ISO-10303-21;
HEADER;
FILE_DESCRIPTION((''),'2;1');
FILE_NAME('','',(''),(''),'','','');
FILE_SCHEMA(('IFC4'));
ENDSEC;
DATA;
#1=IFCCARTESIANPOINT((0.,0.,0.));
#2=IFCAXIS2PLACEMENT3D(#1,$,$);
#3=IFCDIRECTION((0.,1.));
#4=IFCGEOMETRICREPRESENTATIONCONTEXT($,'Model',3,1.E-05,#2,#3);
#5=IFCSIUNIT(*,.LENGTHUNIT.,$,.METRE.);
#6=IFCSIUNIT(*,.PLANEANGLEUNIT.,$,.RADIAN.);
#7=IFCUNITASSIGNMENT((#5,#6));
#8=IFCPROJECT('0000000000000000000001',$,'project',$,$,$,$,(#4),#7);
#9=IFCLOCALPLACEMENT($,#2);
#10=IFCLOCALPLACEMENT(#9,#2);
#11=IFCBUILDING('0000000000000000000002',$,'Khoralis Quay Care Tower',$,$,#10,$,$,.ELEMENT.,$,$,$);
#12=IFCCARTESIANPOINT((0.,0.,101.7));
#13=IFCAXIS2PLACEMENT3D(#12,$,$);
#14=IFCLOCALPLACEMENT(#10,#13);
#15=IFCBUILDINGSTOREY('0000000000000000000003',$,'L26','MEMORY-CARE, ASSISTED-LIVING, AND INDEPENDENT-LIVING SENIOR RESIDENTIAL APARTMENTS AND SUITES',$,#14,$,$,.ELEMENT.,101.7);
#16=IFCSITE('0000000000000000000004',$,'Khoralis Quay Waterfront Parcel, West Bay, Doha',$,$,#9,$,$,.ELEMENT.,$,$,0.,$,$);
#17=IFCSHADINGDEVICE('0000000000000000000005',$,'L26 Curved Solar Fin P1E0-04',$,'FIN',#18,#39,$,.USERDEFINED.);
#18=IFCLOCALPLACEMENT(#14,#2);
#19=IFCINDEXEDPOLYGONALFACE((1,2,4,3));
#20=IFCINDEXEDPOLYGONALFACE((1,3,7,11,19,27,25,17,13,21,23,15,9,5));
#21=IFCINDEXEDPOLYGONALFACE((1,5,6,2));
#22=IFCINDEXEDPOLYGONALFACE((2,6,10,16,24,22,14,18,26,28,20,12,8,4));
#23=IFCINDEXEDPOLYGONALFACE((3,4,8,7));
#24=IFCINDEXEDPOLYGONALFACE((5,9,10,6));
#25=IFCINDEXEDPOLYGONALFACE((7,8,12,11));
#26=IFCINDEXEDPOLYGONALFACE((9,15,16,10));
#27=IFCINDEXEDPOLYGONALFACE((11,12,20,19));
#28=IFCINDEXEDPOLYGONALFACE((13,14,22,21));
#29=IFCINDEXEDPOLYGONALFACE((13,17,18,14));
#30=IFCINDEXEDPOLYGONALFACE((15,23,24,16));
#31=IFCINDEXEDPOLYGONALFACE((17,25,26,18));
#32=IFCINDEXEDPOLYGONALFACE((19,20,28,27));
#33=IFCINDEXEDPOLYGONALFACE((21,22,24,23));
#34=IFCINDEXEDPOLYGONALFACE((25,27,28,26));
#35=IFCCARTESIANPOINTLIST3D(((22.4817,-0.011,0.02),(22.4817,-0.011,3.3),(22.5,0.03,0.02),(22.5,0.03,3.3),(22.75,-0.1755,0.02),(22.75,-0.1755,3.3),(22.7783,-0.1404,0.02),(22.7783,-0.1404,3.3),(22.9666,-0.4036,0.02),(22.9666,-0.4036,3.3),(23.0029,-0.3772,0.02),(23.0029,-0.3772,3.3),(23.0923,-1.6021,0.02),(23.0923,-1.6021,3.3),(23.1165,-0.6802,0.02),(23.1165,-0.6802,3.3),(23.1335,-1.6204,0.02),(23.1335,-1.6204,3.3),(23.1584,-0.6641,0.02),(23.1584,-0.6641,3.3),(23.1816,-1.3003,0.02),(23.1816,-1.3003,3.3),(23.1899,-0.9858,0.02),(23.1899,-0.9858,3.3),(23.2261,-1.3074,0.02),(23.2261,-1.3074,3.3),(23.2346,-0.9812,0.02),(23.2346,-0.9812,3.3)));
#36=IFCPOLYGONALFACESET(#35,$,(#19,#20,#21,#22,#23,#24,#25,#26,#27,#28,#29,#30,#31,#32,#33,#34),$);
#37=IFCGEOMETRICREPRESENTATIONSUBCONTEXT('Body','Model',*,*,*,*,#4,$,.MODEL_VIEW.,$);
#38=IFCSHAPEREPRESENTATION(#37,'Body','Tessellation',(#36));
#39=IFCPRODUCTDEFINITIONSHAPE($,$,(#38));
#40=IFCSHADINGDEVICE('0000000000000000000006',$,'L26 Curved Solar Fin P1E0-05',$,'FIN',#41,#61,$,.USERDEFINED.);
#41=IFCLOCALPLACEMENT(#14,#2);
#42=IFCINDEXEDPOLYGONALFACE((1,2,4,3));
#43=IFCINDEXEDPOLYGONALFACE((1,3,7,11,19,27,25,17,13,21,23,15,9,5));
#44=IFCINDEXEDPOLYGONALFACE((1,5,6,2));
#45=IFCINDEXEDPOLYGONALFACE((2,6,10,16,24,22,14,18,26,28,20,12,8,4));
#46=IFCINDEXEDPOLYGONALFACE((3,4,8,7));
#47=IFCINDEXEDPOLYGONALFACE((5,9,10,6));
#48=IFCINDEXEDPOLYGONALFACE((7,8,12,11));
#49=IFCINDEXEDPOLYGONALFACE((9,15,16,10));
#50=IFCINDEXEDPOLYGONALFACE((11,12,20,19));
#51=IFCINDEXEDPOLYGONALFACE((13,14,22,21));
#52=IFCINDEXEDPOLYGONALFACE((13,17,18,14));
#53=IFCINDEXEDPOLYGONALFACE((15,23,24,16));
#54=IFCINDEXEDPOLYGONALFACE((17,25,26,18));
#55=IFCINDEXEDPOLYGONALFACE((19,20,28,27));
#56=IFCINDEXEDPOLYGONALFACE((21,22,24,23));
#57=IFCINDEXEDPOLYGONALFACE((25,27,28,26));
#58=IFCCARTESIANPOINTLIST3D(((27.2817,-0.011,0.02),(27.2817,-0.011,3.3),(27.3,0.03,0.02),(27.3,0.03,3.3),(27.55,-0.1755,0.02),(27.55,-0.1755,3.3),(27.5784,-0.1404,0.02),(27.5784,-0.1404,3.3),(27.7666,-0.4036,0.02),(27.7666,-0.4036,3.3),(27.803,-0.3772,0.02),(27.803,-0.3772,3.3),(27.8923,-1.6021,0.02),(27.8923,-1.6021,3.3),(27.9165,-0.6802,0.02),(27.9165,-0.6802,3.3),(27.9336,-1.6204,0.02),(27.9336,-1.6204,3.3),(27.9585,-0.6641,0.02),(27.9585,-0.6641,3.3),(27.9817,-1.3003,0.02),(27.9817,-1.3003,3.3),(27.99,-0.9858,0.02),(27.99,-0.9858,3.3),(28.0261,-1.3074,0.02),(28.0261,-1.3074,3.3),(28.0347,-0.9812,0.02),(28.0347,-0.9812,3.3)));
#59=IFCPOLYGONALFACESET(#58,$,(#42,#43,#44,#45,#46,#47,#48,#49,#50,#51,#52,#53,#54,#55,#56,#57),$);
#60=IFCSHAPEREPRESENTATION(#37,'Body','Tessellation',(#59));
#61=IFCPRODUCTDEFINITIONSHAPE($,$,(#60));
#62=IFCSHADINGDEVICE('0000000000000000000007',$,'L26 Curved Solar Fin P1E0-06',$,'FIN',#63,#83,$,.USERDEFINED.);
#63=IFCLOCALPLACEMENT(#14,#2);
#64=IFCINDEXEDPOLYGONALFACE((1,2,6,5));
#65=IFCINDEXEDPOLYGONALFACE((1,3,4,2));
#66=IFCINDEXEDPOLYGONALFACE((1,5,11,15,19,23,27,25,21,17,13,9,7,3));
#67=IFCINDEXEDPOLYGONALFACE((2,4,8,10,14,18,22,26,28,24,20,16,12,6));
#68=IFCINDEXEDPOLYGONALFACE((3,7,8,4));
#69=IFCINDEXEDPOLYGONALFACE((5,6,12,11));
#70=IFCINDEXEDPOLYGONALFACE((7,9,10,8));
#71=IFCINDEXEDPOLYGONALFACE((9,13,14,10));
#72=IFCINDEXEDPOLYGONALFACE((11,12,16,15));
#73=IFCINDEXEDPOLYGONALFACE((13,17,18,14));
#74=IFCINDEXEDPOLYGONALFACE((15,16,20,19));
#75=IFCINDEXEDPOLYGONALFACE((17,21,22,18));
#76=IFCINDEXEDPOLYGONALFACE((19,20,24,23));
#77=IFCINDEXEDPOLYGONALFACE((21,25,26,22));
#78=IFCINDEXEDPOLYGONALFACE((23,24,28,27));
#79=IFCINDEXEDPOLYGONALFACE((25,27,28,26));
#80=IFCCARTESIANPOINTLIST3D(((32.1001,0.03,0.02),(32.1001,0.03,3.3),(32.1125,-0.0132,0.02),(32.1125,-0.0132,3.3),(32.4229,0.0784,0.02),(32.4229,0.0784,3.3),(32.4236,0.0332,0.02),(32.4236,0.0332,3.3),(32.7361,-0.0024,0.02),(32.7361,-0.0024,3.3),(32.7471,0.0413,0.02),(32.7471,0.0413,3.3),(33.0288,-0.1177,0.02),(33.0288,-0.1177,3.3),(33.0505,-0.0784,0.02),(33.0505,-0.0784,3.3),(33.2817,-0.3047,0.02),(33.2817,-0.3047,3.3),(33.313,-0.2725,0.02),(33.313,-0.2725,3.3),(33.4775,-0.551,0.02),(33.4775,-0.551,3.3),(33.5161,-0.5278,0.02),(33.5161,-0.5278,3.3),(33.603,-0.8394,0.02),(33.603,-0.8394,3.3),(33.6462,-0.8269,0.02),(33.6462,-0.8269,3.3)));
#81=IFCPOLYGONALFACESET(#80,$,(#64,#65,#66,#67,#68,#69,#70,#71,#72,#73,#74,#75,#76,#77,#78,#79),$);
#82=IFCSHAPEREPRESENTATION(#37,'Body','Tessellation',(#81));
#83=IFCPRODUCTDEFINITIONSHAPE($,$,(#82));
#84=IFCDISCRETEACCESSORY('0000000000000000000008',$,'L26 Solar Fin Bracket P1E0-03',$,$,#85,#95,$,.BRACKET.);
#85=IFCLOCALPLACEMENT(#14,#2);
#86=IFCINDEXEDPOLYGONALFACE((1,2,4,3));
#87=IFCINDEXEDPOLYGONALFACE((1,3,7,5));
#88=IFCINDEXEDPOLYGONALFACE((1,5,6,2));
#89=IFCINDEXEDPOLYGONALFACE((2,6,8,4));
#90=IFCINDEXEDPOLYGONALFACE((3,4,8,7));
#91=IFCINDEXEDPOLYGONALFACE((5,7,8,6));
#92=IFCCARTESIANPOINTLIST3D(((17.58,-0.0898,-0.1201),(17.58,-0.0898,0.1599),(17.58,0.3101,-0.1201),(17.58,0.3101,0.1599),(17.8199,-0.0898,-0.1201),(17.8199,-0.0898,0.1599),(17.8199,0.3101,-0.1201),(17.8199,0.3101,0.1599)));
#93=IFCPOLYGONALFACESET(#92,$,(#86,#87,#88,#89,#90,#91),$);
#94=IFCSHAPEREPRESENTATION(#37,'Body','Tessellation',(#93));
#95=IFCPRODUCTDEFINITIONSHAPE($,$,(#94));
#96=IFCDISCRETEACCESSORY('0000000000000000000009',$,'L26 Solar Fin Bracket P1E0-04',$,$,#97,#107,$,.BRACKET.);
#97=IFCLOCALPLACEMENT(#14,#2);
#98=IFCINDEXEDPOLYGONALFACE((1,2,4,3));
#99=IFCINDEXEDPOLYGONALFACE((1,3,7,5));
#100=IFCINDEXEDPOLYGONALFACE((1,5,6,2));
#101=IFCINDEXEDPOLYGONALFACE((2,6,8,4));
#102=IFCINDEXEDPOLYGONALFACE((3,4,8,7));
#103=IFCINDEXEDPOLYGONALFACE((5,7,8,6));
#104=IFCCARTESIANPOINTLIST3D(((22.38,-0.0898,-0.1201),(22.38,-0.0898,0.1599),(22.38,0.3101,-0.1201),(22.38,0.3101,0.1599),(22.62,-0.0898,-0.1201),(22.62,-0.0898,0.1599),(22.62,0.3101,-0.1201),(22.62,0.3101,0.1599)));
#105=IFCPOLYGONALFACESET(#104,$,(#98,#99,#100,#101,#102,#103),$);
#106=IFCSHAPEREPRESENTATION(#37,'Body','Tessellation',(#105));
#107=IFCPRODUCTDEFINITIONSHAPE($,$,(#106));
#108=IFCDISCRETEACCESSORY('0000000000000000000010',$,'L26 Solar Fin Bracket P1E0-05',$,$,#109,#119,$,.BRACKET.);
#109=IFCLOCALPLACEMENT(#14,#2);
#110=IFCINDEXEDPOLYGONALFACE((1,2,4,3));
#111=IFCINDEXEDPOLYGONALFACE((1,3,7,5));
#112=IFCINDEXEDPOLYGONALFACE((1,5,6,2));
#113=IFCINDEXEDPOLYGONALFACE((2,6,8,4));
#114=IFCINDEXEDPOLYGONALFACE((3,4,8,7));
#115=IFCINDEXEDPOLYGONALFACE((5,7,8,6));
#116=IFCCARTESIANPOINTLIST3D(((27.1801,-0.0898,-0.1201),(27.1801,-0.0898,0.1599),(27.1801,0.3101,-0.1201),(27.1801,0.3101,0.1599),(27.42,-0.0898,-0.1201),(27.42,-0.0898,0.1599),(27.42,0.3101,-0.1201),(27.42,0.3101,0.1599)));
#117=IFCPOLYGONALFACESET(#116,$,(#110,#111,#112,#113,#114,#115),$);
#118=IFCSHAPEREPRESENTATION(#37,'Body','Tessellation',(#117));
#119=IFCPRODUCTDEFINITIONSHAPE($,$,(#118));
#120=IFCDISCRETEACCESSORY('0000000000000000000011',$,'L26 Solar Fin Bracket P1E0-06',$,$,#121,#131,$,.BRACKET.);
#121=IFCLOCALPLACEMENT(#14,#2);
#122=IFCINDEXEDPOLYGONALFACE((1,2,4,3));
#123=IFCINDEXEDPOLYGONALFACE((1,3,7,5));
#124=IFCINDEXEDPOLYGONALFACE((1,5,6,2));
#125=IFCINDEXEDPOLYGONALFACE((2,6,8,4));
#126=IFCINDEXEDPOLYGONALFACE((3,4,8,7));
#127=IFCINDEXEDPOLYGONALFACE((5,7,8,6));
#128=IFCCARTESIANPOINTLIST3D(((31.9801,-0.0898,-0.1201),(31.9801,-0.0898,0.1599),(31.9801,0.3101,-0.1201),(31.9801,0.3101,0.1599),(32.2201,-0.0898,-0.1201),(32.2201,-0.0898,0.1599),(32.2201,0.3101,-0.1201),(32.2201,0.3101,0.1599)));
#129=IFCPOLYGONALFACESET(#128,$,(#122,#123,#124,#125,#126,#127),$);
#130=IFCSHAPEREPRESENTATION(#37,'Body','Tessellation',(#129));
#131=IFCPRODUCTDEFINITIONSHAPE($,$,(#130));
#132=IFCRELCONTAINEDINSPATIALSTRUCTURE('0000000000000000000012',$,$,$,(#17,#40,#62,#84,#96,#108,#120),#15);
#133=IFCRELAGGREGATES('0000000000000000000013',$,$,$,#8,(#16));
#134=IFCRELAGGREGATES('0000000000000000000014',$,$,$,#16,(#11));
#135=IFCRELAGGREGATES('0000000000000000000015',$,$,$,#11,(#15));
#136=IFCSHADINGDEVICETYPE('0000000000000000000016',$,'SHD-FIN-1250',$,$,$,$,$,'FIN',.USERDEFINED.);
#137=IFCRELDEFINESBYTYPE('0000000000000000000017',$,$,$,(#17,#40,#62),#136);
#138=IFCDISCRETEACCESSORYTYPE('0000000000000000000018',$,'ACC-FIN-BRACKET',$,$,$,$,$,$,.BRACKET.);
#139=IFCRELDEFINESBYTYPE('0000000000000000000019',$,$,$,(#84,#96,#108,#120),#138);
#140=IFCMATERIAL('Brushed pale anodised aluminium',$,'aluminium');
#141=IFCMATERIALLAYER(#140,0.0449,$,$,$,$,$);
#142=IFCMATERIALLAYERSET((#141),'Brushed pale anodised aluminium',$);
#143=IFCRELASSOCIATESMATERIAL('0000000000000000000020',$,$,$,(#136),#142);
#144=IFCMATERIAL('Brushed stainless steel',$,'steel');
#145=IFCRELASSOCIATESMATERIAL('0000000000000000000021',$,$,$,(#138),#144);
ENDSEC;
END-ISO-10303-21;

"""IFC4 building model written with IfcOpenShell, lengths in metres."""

from ifc_helpers import new_model, si_unit, direction, frame, origin, origin_2d, place, context, subcontext, project, spatial, polyline, rectangle, outline, extrude, source, transform, mapped, material, layer, layer_set, type_object, element, save


model = new_model("IFC4")

# Units and contexts
model_context = context("Model", 3, precision=1e-05, world=origin(), true_north=direction((0.0, 1.0)))
body_context = subcontext(model_context, "Body", "Model", "MODEL_VIEW")
ifc_project = project(units=[si_unit("LENGTHUNIT", "METRE"), si_unit("PLANEANGLEUNIT", "RADIAN")], contexts=[model_context])

# Site, building, storey
site_placement = place(None, origin())
site = spatial("IfcSite", under=ifc_project, at=site_placement, Name="Khoralis Quay Waterfront Parcel, West Bay, Doha", CompositionType="ELEMENT", RefElevation=0.0)
building_placement = place(site_placement, origin())
building = spatial("IfcBuilding", under=site, at=building_placement, Name="Khoralis Quay Care Tower", CompositionType="ELEMENT")
storey_placement = place(building_placement, frame((0.0, 0.0, 101.7)))
storey = spatial("IfcBuildingStorey", under=building, at=storey_placement, Name="L26", Description="MEMORY-CARE, ASSISTED-LIVING, AND INDEPENDENT-LIVING SENIOR RESIDENTIAL APARTMENTS AND SUITES", CompositionType="ELEMENT", Elevation=101.7)

# Shading devices
ifc_material_1 = material(Name="Brushed pale anodised aluminium", Category="aluminium")
ifc_layer_1 = layer(ifc_material_1, 0.0449)
ifc_layer_set_1 = layer_set([ifc_layer_1], Name="Brushed pale anodised aluminium")
shading_device_type = type_object("IfcShadingDeviceType", Name="SHD-FIN-1250", ElementType="FIN", PredefinedType="USERDEFINED", material=ifc_layer_set_1)
shared_shape_1 = source(origin(), body_context, "Body", "SweptSolid", [
    extrude(outline(polyline([(0.0, 0.0), (0.1704, 0.2783), (0.4072, 0.5029), (0.6941, 0.6584), (1.0112, 0.7346), (1.3374, 0.7261), (1.6504, 0.6335), (1.6321, 0.5923), (1.3303, 0.6816), (1.0159, 0.6899), (0.7102, 0.6165), (0.4336, 0.4666), (0.2056, 0.25), (0.041, -0.0183), (0.0, 0.0)])), origin(), (0.0, 0.0, 1.0), 3.28),
])
for number, where, z_axis, x_axis, name in (
    (1, (22.5, 0.03, 0.02), (0.0, 0.0, 1.0), (0.0, -1.0, 0.0), "L26 Curved Solar Fin P1E0-04"),
    (2, (27.3, 0.03, 0.02), (0.0, 0.0, 1.0), (0.0, -1.0, 0.0), "L26 Curved Solar Fin P1E0-05"),
):
    element("IfcShadingDevice", number, at=place(storey_placement, frame(where, z_axis=z_axis, x_axis=x_axis)), inside=storey, type_object=shading_device_type, Name=name, ObjectType="FIN", PredefinedType="USERDEFINED", context=body_context, shape_type="MappedRepresentation", body=[
        mapped(shared_shape_1, transform((0.0, 0.0, 0.0), scale=1.0)),
    ])
shared_shape_2 = source(origin(), body_context, "Body", "SweptSolid", [
    extrude(outline(polyline([(0.0, 0.0), (-0.0483, 0.3228), (-0.0112, 0.647), (0.1084, 0.9504), (0.3025, 1.2129), (0.5579, 1.416), (0.8569, 1.5461), (0.8694, 1.5029), (0.5811, 1.3774), (0.3347, 1.1816), (0.1477, 0.9287), (0.0325, 0.636), (-0.0032, 0.3235), (0.0432, 0.0125), (0.0, 0.0)])), origin(), (0.0, 0.0, 1.0), 3.28),
])
shading_device_placement = place(storey_placement, frame((32.1001, 0.03, 0.02), z_axis=(0.0, 0.0, 1.0), x_axis=(0.0, -1.0, 0.0)))
element("IfcShadingDevice", 3, at=shading_device_placement, inside=storey, type_object=shading_device_type, Name="L26 Curved Solar Fin P1E0-06", ObjectType="FIN", PredefinedType="USERDEFINED", context=body_context, shape_type="MappedRepresentation", body=[
    mapped(shared_shape_2, transform((0.0, 0.0, 0.0), scale=1.0)),
])

# Discrete accessories
ifc_material_2 = material(Name="Brushed stainless steel", Category="steel")
discrete_accessory_type = type_object("IfcDiscreteAccessoryType", Name="ACC-FIN-BRACKET", PredefinedType="BRACKET", material=ifc_material_2)
shared_shape_3 = source(origin(), body_context, "Body", "SweptSolid", [
    extrude(rectangle(XDim=0.3999, YDim=0.24, at=origin_2d()), origin(), (0.0, 0.0, 1.0), 0.28),
])
for number, where, z_axis, x_axis, name in (
    (4, (17.7, 0.1101, -0.1201), (0.0, 0.0, 1.0), (0.0, -1.0, 0.0), "L26 Solar Fin Bracket P1E0-03"),
    (5, (22.5, 0.1101, -0.1201), (0.0, 0.0, 1.0), (0.0, -1.0, 0.0), "L26 Solar Fin Bracket P1E0-04"),
    (6, (27.3, 0.1101, -0.1201), (0.0, 0.0, 1.0), (0.0, -1.0, 0.0), "L26 Solar Fin Bracket P1E0-05"),
    (7, (32.1001, 0.1101, -0.1201), (0.0, 0.0, 1.0), (0.0, -1.0, 0.0), "L26 Solar Fin Bracket P1E0-06"),
):
    element("IfcDiscreteAccessory", number, at=place(storey_placement, frame(where, z_axis=z_axis, x_axis=x_axis)), inside=storey, type_object=discrete_accessory_type, Name=name, PredefinedType="BRACKET", context=body_context, shape_type="MappedRepresentation", body=[
        mapped(shared_shape_3, transform((0.0, 0.0, 0.0), scale=1.0)),
    ])

save(model, "model.ifc")
